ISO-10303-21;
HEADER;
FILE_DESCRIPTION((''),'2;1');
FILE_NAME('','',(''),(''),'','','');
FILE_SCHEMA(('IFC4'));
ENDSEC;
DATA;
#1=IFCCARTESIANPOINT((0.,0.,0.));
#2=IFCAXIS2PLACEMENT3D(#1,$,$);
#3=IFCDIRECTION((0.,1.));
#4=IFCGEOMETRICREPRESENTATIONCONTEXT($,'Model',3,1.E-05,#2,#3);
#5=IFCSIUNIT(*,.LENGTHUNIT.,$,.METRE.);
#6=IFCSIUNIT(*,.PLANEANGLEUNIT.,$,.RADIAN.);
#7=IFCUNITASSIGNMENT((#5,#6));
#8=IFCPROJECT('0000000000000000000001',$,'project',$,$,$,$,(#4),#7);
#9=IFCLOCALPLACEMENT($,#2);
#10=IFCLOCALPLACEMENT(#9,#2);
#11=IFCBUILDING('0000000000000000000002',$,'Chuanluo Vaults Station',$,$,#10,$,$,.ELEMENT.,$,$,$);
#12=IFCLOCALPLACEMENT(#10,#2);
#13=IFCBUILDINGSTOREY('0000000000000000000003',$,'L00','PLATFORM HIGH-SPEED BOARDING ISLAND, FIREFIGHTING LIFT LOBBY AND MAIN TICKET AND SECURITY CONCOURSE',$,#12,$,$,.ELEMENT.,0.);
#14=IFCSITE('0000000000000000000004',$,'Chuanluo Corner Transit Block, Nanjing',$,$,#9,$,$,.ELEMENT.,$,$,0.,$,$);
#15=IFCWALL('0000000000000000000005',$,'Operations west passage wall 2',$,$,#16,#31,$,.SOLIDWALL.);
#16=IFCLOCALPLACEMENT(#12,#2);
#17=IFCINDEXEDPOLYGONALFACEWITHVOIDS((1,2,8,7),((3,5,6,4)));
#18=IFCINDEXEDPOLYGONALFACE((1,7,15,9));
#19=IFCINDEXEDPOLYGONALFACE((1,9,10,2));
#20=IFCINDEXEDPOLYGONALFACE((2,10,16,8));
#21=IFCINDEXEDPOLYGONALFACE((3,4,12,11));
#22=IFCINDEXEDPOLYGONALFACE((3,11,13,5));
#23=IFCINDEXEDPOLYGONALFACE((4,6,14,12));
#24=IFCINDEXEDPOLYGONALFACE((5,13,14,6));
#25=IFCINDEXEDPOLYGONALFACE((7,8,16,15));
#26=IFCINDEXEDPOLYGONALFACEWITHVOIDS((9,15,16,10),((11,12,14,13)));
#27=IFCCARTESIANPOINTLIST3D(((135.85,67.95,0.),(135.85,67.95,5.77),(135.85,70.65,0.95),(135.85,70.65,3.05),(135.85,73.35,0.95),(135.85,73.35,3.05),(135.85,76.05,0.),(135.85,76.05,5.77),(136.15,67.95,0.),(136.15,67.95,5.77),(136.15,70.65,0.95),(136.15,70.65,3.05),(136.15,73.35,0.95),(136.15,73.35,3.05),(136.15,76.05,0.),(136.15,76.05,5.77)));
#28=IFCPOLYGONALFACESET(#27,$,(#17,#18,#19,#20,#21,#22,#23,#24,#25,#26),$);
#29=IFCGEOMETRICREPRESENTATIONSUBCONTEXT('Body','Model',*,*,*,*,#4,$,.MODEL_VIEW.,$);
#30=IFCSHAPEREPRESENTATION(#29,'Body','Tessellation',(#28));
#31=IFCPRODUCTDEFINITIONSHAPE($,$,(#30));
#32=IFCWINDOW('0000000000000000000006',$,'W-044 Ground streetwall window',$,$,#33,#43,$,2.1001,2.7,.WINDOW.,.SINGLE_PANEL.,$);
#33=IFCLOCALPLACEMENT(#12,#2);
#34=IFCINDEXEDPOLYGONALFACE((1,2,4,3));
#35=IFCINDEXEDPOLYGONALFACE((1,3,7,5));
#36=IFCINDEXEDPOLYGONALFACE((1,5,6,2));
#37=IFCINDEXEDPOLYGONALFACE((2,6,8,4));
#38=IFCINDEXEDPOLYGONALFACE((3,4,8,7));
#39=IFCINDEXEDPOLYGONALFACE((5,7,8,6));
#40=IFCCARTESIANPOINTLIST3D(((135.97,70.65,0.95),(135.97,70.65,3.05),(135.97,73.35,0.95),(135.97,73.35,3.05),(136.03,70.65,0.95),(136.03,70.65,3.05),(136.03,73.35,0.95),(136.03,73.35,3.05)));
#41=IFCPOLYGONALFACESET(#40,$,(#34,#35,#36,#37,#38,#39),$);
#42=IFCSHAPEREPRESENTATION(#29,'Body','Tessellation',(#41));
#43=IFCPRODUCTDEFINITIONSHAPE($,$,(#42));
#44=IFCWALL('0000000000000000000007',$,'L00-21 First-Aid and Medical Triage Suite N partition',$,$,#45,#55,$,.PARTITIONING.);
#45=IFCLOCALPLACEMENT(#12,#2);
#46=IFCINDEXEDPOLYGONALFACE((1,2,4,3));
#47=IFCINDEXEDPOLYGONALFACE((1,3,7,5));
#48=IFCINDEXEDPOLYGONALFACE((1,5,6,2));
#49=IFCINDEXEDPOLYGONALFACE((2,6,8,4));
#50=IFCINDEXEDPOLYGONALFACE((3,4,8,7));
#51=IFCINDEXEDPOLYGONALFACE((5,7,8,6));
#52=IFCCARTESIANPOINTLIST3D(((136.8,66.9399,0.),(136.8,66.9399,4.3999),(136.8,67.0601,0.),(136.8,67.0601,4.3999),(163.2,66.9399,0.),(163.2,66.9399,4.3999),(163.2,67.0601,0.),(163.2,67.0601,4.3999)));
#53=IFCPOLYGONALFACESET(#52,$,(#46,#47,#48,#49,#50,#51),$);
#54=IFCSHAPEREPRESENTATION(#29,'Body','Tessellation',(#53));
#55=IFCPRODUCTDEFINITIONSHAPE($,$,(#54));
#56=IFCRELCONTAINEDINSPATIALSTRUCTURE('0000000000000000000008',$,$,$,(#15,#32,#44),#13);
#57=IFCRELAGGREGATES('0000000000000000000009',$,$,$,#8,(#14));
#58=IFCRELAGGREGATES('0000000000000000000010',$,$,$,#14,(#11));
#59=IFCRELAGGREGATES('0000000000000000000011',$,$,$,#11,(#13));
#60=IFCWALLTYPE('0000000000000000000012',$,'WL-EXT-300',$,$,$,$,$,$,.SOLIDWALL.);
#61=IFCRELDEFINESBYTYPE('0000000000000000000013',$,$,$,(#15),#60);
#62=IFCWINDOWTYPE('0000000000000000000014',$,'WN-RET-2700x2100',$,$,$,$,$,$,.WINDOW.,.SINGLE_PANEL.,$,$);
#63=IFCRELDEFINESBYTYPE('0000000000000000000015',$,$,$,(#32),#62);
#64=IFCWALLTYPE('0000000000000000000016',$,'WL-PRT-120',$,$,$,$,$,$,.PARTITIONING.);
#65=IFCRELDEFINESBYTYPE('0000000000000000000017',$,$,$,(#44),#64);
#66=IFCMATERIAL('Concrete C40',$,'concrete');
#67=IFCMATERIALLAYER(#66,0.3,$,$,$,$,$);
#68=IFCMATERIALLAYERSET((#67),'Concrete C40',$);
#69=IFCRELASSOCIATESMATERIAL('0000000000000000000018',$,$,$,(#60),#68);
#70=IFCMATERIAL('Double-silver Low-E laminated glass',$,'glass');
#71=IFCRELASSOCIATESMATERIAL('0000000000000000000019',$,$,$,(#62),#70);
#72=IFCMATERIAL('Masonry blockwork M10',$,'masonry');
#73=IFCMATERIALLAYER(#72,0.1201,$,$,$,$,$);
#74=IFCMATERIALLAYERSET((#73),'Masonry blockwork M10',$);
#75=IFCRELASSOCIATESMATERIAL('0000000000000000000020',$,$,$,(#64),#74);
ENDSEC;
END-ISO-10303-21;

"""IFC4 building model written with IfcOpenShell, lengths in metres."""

from ifc_helpers import new_model, si_unit, direction, frame, frame_2d, origin, place, context, subcontext, project, spatial, rectangle, extrude, material, layer, layer_set, type_object, element, fill, save


model = new_model("IFC4")

# Units and contexts
model_context = context("Model", 3, precision=1e-05, world=origin(), true_north=direction((0.0, 1.0)))
body_context = subcontext(model_context, "Body", "Model", "MODEL_VIEW")
ifc_project = project(units=[si_unit("LENGTHUNIT", "METRE"), si_unit("PLANEANGLEUNIT", "RADIAN")], contexts=[model_context])

# Site, building, storey
site_placement = place(None, origin())
site = spatial("IfcSite", under=ifc_project, at=site_placement, Name="Chuanluo Corner Transit Block, Nanjing", CompositionType="ELEMENT", RefElevation=0.0)
building_placement = place(site_placement, origin())
building = spatial("IfcBuilding", under=site, at=building_placement, Name="Chuanluo Vaults Station", CompositionType="ELEMENT")
storey_placement = place(building_placement, origin())
storey = spatial("IfcBuildingStorey", under=building, at=storey_placement, Name="L00", Description="PLATFORM HIGH-SPEED BOARDING ISLAND, FIREFIGHTING LIFT LOBBY AND MAIN TICKET AND SECURITY CONCOURSE", CompositionType="ELEMENT", Elevation=0.0)

# Shared definitions
ifc_material_1 = material(Name="Concrete C40", Category="concrete")
ifc_layer_1 = layer(ifc_material_1, 0.3)
ifc_layer_set_1 = layer_set([ifc_layer_1], Name="Concrete C40")
wall_type_1 = type_object("IfcWallType", Name="WL-EXT-300", PredefinedType="SOLIDWALL", material=ifc_layer_set_1)
ifc_material_2 = material(Name="Double-silver Low-E laminated glass", Category="glass")
window_type_1 = type_object("IfcWindowType", Name="WN-RET-2700x2100", PartitioningType="SINGLE_PANEL", PredefinedType="WINDOW", material=ifc_material_2)

# Wall, opening, window
wall_1_placement = place(storey_placement, frame((136.0, 67.95, 0.0), z_axis=(0.0, 0.0, 1.0), x_axis=(0.0, 1.0, 0.0)))
wall_1 = element("IfcWall", 1, at=wall_1_placement, inside=storey, type_object=wall_type_1, Name="Operations west passage wall 2", PredefinedType="SOLIDWALL", context=body_context, shape_type="SweptSolid", body=[
    extrude(rectangle(XDim=8.1001, YDim=0.3, at=frame_2d((4.05, 0.0))), origin(), (0.0, 0.0, 1.0), 5.77),
])
opening_1_placement = place(wall_1_placement, frame((2.7, 0.0, 0.95)))
opening_1 = element("IfcOpeningElement", 2, at=opening_1_placement, cuts=wall_1, PredefinedType="OPENING", context=body_context, shape_type="SweptSolid", body=[
    extrude(rectangle(XDim=2.7, YDim=2.1001, at=frame_2d((1.3501, 1.05))), frame((0.0, 0.1599, 0.0), z_axis=(0.0, -1.0, 0.0), x_axis=(1.0, 0.0, 0.0)), (0.0, 0.0, 1.0), 0.3201),
])
window_1_placement = place(opening_1_placement, origin())
window_1 = element("IfcWindow", 3, at=window_1_placement, inside=storey, type_object=window_type_1, Name="W-044 Ground streetwall window", OverallHeight=2.1001, OverallWidth=2.7, PartitioningType="SINGLE_PANEL", PredefinedType="WINDOW", context=body_context, shape_type="SweptSolid", body=[
    extrude(rectangle(XDim=2.7, YDim=2.1001, at=frame_2d((1.3501, 1.05))), frame((0.0, 0.03, 0.0), z_axis=(0.0, -1.0, 0.0), x_axis=(1.0, 0.0, 0.0)), (0.0, 0.0, 1.0), 0.0601),
])
fill(opening_1, window_1)

# Wall
ifc_material_3 = material(Name="Masonry blockwork M10", Category="masonry")
ifc_layer_2 = layer(ifc_material_3, 0.1201)
ifc_layer_set_2 = layer_set([ifc_layer_2], Name="Masonry blockwork M10")
wall_type_2 = type_object("IfcWallType", Name="WL-PRT-120", PredefinedType="PARTITIONING", material=ifc_layer_set_2)
wall_2_placement = place(storey_placement, frame((136.8, 67.0, 0.0), z_axis=(0.0, 0.0, 1.0), x_axis=(1.0, 0.0, 0.0)))
element("IfcWall", 4, at=wall_2_placement, inside=storey, type_object=wall_type_2, Name="L00-21 First-Aid and Medical Triage Suite N partition", PredefinedType="PARTITIONING", context=body_context, shape_type="SweptSolid", body=[
    extrude(rectangle(XDim=26.3999, YDim=0.1201, at=frame_2d((13.2, 0.0))), origin(), (0.0, 0.0, 1.0), 4.3999),
])

save(model, "model.ifc")
